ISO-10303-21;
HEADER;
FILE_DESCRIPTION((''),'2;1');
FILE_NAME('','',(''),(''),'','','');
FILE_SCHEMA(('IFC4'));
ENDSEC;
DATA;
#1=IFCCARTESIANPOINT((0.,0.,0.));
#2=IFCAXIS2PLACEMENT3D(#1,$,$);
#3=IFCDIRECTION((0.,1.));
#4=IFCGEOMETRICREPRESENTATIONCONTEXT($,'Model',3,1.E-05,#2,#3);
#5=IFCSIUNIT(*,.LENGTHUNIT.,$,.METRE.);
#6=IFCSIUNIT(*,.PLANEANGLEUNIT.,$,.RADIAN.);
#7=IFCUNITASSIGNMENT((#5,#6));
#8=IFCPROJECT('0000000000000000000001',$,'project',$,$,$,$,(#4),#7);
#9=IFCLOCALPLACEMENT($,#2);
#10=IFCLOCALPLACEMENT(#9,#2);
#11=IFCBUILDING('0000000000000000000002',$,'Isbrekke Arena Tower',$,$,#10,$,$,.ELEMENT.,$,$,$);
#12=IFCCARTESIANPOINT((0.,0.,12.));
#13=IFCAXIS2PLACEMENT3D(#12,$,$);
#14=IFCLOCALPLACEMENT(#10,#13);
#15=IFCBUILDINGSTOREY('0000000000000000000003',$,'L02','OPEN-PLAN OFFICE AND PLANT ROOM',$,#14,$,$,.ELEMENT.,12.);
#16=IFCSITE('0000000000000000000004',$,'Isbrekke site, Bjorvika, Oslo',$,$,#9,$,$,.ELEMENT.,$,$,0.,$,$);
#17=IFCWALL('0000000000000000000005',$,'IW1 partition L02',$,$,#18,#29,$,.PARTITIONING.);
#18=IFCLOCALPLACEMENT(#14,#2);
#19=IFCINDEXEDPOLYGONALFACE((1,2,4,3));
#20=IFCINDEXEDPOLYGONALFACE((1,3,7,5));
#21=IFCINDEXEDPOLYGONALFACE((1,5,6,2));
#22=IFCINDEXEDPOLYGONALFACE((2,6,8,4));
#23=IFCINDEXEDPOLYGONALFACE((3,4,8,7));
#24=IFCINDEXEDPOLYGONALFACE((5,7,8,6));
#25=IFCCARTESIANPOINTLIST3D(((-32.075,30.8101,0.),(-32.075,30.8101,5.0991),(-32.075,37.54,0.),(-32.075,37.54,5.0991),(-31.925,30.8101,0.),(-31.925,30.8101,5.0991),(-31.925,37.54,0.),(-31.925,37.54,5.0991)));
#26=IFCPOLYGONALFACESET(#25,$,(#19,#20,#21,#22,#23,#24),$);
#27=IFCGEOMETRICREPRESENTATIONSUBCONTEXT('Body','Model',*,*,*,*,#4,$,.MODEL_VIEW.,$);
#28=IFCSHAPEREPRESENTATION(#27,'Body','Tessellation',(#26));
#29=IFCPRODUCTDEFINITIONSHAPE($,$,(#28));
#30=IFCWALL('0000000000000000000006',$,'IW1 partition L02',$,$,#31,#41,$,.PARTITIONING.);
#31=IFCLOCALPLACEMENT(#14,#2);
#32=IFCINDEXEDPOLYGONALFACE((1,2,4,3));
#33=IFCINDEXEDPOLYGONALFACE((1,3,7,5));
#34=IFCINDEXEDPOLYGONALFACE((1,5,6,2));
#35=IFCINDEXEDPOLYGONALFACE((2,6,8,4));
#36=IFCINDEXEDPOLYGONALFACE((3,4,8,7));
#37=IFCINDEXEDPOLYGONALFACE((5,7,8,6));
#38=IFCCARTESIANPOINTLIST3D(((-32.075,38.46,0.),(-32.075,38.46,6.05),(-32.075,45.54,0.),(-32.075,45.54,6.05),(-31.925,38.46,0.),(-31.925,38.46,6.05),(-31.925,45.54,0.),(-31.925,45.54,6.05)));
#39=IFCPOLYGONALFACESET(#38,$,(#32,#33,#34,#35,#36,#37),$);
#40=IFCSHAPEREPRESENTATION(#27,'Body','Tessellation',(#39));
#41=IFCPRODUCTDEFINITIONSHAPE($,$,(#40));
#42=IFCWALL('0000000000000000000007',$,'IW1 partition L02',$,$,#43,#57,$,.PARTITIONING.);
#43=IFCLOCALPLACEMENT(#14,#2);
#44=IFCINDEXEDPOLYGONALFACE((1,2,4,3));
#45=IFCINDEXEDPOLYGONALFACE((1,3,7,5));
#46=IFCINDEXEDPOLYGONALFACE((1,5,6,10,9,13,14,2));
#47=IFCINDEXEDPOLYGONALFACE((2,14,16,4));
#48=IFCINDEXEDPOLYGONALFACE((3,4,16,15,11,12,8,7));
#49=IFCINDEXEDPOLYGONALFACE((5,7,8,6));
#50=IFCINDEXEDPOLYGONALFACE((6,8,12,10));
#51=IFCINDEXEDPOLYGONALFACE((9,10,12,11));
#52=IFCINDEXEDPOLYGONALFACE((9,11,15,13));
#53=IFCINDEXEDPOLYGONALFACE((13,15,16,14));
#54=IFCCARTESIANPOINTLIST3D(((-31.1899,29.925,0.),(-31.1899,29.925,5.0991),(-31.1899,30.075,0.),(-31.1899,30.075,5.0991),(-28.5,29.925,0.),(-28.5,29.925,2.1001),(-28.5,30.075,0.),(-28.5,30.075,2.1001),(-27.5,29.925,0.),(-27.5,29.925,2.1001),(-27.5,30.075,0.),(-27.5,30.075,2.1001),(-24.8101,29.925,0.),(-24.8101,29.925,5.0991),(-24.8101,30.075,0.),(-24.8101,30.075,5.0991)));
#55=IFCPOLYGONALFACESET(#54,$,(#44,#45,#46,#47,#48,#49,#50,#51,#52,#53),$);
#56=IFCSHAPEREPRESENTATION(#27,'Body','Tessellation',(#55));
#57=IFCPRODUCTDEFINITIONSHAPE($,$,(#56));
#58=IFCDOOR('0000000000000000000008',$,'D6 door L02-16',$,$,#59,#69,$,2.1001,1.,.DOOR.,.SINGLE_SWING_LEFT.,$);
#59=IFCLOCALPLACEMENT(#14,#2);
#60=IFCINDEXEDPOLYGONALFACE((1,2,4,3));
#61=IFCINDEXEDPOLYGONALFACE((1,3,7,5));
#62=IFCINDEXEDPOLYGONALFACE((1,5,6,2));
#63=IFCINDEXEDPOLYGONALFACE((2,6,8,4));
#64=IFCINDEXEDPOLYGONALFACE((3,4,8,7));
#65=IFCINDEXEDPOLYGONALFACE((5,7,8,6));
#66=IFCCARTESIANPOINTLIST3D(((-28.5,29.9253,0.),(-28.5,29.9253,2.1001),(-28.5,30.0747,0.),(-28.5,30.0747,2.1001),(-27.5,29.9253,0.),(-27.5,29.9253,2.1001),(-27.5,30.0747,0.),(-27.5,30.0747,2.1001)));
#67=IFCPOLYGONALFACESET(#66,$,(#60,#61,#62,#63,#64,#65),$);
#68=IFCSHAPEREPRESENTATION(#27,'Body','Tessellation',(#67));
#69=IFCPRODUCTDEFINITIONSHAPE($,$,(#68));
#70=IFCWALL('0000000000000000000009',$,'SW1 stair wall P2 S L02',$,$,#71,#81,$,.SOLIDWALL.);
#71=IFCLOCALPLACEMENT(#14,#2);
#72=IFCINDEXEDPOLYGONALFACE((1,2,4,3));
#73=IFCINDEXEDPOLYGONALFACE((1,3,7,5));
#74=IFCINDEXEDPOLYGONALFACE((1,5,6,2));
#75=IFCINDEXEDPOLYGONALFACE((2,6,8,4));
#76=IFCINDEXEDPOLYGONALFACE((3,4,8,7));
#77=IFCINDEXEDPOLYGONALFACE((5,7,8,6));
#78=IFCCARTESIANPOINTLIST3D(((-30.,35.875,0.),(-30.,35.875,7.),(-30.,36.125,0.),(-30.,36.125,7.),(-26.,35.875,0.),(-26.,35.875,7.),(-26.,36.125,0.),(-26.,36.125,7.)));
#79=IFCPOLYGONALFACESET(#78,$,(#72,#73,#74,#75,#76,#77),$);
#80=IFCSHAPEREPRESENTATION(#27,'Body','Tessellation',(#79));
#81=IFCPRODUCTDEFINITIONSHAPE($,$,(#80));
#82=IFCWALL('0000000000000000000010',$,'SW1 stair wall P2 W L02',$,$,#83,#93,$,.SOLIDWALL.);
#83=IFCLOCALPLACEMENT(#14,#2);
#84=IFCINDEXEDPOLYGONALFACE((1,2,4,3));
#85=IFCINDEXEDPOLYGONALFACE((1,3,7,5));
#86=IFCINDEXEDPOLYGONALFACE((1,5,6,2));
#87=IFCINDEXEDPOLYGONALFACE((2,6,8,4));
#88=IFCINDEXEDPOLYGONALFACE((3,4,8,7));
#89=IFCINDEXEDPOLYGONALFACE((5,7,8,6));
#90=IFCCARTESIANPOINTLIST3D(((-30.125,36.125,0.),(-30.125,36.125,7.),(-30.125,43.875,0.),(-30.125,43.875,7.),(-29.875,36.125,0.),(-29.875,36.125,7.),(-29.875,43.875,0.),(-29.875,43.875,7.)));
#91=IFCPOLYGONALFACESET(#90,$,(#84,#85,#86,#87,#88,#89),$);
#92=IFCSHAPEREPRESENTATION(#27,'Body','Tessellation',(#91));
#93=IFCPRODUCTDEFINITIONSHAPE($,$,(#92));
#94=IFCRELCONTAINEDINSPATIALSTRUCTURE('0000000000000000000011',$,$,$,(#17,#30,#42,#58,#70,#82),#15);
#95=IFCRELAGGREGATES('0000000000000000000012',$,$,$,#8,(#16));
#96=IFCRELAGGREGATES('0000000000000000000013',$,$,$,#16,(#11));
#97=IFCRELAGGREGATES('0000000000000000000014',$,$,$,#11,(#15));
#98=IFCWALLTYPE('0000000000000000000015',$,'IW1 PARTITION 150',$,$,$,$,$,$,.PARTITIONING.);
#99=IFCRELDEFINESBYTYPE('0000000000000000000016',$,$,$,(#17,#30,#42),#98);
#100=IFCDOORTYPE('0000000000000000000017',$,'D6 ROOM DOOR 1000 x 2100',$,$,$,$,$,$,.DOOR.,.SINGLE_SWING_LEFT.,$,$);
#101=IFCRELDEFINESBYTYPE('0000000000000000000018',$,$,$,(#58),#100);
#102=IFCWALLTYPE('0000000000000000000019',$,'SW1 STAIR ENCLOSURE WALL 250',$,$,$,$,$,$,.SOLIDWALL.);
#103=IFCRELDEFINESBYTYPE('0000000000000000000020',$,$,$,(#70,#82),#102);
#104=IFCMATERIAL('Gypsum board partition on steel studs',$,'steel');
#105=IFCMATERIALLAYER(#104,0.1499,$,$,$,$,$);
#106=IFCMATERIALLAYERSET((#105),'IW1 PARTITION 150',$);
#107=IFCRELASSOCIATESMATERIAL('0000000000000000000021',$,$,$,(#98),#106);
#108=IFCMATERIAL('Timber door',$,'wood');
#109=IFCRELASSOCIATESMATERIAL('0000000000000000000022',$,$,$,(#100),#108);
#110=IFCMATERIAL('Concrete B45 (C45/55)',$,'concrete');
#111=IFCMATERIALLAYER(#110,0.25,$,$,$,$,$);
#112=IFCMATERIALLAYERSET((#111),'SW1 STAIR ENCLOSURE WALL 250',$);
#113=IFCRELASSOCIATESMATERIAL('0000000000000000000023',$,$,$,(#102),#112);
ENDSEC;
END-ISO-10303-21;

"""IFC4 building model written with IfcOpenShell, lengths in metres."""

from ifc_helpers import new_model, si_unit, direction, frame, frame_2d, origin, place, context, subcontext, project, spatial, rectangle, extrude, material, layer, layer_set, type_object, element, fill, save


model = new_model("IFC4")

# Units and contexts
model_context = context("Model", 3, precision=1e-05, world=origin(), true_north=direction((0.0, 1.0)))
body_context = subcontext(model_context, "Body", "Model", "MODEL_VIEW")
ifc_project = project(units=[si_unit("LENGTHUNIT", "METRE"), si_unit("PLANEANGLEUNIT", "RADIAN")], contexts=[model_context])

# Site, building, storey
site_placement = place(None, origin())
site = spatial("IfcSite", under=ifc_project, at=site_placement, Name="Isbrekke site, Bjorvika, Oslo", CompositionType="ELEMENT", RefElevation=0.0)
building_placement = place(site_placement, origin())
building = spatial("IfcBuilding", under=site, at=building_placement, Name="Isbrekke Arena Tower", CompositionType="ELEMENT")
storey_placement = place(building_placement, frame((0.0, 0.0, 12.0)))
storey = spatial("IfcBuildingStorey", under=building, at=storey_placement, Name="L02", Description="OPEN-PLAN OFFICE AND PLANT ROOM", CompositionType="ELEMENT", Elevation=12.0)

# Walls
ifc_material_1 = material(Name="Gypsum board partition on steel studs", Category="steel")
ifc_layer_1 = layer(ifc_material_1, 0.1499)
ifc_layer_set_1 = layer_set([ifc_layer_1], Name="IW1 PARTITION 150")
wall_type_1 = type_object("IfcWallType", Name="IW1 PARTITION 150", PredefinedType="PARTITIONING", material=ifc_layer_set_1)
wall_1_placement = place(storey_placement, frame((-32.0, 30.8101, 0.0), z_axis=(0.0, 0.0, 1.0), x_axis=(0.0, 1.0, 0.0)))
element("IfcWall", 1, at=wall_1_placement, inside=storey, type_object=wall_type_1, Name="IW1 partition L02", PredefinedType="PARTITIONING", context=body_context, shape_type="SweptSolid", body=[
    extrude(rectangle(XDim=6.73, YDim=0.1499, at=frame_2d((3.365, 0.0))), origin(), (0.0, 0.0, 1.0), 5.0991),
])
wall_2_placement = place(storey_placement, frame((-32.0, 38.46, 0.0), z_axis=(0.0, 0.0, 1.0), x_axis=(0.0, 1.0, 0.0)))
element("IfcWall", 2, at=wall_2_placement, inside=storey, type_object=wall_type_1, Name="IW1 partition L02", PredefinedType="PARTITIONING", context=body_context, shape_type="SweptSolid", body=[
    extrude(rectangle(XDim=7.0801, YDim=0.1499, at=frame_2d((3.54, 0.0))), origin(), (0.0, 0.0, 1.0), 6.05),
])

# Wall, opening, door
wall_3_placement = place(storey_placement, frame((-31.1899, 30.0, 0.0), z_axis=(0.0, 0.0, 1.0), x_axis=(1.0, 0.0, 0.0)))
wall_3 = element("IfcWall", 3, at=wall_3_placement, inside=storey, type_object=wall_type_1, Name="IW1 partition L02", PredefinedType="PARTITIONING", context=body_context, shape_type="SweptSolid", body=[
    extrude(rectangle(XDim=6.3799, YDim=0.1499, at=frame_2d((3.1899, 0.0))), origin(), (0.0, 0.0, 1.0), 5.0991),
])
opening_placement = place(wall_3_placement, frame((2.6899, 0.0, 0.0)))
opening = element("IfcOpeningElement", 4, at=opening_placement, cuts=wall_3, PredefinedType="OPENING", context=body_context, shape_type="SweptSolid", body=[
    extrude(rectangle(XDim=1.0, YDim=2.1001, at=frame_2d((0.5, 1.05))), frame((0.0, 0.0898, 0.0), z_axis=(0.0, -1.0, 0.0), x_axis=(1.0, 0.0, 0.0)), (0.0, 0.0, 1.0), 0.1797),
])
ifc_material_2 = material(Name="Timber door", Category="wood")
door_type = type_object("IfcDoorType", Name="D6 ROOM DOOR 1000 x 2100", OperationType="SINGLE_SWING_LEFT", PredefinedType="DOOR", material=ifc_material_2)
door_placement = place(opening_placement, origin())
door = element("IfcDoor", 5, at=door_placement, inside=storey, type_object=door_type, Name="D6 door L02-16", OperationType="SINGLE_SWING_LEFT", OverallHeight=2.1001, OverallWidth=1.0, PredefinedType="DOOR", context=body_context, shape_type="SweptSolid", body=[
    extrude(rectangle(XDim=1.0, YDim=2.1001, at=frame_2d((0.5, 1.05))), frame((0.0, 0.0747, 0.0), z_axis=(0.0, -1.0, 0.0), x_axis=(1.0, 0.0, 0.0)), (0.0, 0.0, 1.0), 0.1494),
])
fill(opening, door)

# Walls
ifc_material_3 = material(Name="Concrete B45 (C45/55)", Category="concrete")
ifc_layer_2 = layer(ifc_material_3, 0.25)
ifc_layer_set_2 = layer_set([ifc_layer_2], Name="SW1 STAIR ENCLOSURE WALL 250")
wall_type_2 = type_object("IfcWallType", Name="SW1 STAIR ENCLOSURE WALL 250", PredefinedType="SOLIDWALL", material=ifc_layer_set_2)
wall_4_placement = place(storey_placement, frame((-30.0, 36.0, 0.0), z_axis=(0.0, 0.0, 1.0), x_axis=(1.0, 0.0, 0.0)))
element("IfcWall", 6, at=wall_4_placement, inside=storey, type_object=wall_type_2, Name="SW1 stair wall P2 S L02", PredefinedType="SOLIDWALL", context=body_context, shape_type="SweptSolid", body=[
    extrude(rectangle(XDim=4.0, YDim=0.25, at=frame_2d((2.0, 0.0))), origin(), (0.0, 0.0, 1.0), 7.0),
])
wall_5_placement = place(storey_placement, frame((-30.0, 43.875, 0.0), z_axis=(0.0, 0.0, 1.0), x_axis=(0.0, -1.0, 0.0)))
element("IfcWall", 7, at=wall_5_placement, inside=storey, type_object=wall_type_2, Name="SW1 stair wall P2 W L02", PredefinedType="SOLIDWALL", context=body_context, shape_type="SweptSolid", body=[
    extrude(rectangle(XDim=7.75, YDim=0.25, at=frame_2d((3.875, 0.0))), origin(), (0.0, 0.0, 1.0), 7.0),
])

save(model, "model.ifc")
